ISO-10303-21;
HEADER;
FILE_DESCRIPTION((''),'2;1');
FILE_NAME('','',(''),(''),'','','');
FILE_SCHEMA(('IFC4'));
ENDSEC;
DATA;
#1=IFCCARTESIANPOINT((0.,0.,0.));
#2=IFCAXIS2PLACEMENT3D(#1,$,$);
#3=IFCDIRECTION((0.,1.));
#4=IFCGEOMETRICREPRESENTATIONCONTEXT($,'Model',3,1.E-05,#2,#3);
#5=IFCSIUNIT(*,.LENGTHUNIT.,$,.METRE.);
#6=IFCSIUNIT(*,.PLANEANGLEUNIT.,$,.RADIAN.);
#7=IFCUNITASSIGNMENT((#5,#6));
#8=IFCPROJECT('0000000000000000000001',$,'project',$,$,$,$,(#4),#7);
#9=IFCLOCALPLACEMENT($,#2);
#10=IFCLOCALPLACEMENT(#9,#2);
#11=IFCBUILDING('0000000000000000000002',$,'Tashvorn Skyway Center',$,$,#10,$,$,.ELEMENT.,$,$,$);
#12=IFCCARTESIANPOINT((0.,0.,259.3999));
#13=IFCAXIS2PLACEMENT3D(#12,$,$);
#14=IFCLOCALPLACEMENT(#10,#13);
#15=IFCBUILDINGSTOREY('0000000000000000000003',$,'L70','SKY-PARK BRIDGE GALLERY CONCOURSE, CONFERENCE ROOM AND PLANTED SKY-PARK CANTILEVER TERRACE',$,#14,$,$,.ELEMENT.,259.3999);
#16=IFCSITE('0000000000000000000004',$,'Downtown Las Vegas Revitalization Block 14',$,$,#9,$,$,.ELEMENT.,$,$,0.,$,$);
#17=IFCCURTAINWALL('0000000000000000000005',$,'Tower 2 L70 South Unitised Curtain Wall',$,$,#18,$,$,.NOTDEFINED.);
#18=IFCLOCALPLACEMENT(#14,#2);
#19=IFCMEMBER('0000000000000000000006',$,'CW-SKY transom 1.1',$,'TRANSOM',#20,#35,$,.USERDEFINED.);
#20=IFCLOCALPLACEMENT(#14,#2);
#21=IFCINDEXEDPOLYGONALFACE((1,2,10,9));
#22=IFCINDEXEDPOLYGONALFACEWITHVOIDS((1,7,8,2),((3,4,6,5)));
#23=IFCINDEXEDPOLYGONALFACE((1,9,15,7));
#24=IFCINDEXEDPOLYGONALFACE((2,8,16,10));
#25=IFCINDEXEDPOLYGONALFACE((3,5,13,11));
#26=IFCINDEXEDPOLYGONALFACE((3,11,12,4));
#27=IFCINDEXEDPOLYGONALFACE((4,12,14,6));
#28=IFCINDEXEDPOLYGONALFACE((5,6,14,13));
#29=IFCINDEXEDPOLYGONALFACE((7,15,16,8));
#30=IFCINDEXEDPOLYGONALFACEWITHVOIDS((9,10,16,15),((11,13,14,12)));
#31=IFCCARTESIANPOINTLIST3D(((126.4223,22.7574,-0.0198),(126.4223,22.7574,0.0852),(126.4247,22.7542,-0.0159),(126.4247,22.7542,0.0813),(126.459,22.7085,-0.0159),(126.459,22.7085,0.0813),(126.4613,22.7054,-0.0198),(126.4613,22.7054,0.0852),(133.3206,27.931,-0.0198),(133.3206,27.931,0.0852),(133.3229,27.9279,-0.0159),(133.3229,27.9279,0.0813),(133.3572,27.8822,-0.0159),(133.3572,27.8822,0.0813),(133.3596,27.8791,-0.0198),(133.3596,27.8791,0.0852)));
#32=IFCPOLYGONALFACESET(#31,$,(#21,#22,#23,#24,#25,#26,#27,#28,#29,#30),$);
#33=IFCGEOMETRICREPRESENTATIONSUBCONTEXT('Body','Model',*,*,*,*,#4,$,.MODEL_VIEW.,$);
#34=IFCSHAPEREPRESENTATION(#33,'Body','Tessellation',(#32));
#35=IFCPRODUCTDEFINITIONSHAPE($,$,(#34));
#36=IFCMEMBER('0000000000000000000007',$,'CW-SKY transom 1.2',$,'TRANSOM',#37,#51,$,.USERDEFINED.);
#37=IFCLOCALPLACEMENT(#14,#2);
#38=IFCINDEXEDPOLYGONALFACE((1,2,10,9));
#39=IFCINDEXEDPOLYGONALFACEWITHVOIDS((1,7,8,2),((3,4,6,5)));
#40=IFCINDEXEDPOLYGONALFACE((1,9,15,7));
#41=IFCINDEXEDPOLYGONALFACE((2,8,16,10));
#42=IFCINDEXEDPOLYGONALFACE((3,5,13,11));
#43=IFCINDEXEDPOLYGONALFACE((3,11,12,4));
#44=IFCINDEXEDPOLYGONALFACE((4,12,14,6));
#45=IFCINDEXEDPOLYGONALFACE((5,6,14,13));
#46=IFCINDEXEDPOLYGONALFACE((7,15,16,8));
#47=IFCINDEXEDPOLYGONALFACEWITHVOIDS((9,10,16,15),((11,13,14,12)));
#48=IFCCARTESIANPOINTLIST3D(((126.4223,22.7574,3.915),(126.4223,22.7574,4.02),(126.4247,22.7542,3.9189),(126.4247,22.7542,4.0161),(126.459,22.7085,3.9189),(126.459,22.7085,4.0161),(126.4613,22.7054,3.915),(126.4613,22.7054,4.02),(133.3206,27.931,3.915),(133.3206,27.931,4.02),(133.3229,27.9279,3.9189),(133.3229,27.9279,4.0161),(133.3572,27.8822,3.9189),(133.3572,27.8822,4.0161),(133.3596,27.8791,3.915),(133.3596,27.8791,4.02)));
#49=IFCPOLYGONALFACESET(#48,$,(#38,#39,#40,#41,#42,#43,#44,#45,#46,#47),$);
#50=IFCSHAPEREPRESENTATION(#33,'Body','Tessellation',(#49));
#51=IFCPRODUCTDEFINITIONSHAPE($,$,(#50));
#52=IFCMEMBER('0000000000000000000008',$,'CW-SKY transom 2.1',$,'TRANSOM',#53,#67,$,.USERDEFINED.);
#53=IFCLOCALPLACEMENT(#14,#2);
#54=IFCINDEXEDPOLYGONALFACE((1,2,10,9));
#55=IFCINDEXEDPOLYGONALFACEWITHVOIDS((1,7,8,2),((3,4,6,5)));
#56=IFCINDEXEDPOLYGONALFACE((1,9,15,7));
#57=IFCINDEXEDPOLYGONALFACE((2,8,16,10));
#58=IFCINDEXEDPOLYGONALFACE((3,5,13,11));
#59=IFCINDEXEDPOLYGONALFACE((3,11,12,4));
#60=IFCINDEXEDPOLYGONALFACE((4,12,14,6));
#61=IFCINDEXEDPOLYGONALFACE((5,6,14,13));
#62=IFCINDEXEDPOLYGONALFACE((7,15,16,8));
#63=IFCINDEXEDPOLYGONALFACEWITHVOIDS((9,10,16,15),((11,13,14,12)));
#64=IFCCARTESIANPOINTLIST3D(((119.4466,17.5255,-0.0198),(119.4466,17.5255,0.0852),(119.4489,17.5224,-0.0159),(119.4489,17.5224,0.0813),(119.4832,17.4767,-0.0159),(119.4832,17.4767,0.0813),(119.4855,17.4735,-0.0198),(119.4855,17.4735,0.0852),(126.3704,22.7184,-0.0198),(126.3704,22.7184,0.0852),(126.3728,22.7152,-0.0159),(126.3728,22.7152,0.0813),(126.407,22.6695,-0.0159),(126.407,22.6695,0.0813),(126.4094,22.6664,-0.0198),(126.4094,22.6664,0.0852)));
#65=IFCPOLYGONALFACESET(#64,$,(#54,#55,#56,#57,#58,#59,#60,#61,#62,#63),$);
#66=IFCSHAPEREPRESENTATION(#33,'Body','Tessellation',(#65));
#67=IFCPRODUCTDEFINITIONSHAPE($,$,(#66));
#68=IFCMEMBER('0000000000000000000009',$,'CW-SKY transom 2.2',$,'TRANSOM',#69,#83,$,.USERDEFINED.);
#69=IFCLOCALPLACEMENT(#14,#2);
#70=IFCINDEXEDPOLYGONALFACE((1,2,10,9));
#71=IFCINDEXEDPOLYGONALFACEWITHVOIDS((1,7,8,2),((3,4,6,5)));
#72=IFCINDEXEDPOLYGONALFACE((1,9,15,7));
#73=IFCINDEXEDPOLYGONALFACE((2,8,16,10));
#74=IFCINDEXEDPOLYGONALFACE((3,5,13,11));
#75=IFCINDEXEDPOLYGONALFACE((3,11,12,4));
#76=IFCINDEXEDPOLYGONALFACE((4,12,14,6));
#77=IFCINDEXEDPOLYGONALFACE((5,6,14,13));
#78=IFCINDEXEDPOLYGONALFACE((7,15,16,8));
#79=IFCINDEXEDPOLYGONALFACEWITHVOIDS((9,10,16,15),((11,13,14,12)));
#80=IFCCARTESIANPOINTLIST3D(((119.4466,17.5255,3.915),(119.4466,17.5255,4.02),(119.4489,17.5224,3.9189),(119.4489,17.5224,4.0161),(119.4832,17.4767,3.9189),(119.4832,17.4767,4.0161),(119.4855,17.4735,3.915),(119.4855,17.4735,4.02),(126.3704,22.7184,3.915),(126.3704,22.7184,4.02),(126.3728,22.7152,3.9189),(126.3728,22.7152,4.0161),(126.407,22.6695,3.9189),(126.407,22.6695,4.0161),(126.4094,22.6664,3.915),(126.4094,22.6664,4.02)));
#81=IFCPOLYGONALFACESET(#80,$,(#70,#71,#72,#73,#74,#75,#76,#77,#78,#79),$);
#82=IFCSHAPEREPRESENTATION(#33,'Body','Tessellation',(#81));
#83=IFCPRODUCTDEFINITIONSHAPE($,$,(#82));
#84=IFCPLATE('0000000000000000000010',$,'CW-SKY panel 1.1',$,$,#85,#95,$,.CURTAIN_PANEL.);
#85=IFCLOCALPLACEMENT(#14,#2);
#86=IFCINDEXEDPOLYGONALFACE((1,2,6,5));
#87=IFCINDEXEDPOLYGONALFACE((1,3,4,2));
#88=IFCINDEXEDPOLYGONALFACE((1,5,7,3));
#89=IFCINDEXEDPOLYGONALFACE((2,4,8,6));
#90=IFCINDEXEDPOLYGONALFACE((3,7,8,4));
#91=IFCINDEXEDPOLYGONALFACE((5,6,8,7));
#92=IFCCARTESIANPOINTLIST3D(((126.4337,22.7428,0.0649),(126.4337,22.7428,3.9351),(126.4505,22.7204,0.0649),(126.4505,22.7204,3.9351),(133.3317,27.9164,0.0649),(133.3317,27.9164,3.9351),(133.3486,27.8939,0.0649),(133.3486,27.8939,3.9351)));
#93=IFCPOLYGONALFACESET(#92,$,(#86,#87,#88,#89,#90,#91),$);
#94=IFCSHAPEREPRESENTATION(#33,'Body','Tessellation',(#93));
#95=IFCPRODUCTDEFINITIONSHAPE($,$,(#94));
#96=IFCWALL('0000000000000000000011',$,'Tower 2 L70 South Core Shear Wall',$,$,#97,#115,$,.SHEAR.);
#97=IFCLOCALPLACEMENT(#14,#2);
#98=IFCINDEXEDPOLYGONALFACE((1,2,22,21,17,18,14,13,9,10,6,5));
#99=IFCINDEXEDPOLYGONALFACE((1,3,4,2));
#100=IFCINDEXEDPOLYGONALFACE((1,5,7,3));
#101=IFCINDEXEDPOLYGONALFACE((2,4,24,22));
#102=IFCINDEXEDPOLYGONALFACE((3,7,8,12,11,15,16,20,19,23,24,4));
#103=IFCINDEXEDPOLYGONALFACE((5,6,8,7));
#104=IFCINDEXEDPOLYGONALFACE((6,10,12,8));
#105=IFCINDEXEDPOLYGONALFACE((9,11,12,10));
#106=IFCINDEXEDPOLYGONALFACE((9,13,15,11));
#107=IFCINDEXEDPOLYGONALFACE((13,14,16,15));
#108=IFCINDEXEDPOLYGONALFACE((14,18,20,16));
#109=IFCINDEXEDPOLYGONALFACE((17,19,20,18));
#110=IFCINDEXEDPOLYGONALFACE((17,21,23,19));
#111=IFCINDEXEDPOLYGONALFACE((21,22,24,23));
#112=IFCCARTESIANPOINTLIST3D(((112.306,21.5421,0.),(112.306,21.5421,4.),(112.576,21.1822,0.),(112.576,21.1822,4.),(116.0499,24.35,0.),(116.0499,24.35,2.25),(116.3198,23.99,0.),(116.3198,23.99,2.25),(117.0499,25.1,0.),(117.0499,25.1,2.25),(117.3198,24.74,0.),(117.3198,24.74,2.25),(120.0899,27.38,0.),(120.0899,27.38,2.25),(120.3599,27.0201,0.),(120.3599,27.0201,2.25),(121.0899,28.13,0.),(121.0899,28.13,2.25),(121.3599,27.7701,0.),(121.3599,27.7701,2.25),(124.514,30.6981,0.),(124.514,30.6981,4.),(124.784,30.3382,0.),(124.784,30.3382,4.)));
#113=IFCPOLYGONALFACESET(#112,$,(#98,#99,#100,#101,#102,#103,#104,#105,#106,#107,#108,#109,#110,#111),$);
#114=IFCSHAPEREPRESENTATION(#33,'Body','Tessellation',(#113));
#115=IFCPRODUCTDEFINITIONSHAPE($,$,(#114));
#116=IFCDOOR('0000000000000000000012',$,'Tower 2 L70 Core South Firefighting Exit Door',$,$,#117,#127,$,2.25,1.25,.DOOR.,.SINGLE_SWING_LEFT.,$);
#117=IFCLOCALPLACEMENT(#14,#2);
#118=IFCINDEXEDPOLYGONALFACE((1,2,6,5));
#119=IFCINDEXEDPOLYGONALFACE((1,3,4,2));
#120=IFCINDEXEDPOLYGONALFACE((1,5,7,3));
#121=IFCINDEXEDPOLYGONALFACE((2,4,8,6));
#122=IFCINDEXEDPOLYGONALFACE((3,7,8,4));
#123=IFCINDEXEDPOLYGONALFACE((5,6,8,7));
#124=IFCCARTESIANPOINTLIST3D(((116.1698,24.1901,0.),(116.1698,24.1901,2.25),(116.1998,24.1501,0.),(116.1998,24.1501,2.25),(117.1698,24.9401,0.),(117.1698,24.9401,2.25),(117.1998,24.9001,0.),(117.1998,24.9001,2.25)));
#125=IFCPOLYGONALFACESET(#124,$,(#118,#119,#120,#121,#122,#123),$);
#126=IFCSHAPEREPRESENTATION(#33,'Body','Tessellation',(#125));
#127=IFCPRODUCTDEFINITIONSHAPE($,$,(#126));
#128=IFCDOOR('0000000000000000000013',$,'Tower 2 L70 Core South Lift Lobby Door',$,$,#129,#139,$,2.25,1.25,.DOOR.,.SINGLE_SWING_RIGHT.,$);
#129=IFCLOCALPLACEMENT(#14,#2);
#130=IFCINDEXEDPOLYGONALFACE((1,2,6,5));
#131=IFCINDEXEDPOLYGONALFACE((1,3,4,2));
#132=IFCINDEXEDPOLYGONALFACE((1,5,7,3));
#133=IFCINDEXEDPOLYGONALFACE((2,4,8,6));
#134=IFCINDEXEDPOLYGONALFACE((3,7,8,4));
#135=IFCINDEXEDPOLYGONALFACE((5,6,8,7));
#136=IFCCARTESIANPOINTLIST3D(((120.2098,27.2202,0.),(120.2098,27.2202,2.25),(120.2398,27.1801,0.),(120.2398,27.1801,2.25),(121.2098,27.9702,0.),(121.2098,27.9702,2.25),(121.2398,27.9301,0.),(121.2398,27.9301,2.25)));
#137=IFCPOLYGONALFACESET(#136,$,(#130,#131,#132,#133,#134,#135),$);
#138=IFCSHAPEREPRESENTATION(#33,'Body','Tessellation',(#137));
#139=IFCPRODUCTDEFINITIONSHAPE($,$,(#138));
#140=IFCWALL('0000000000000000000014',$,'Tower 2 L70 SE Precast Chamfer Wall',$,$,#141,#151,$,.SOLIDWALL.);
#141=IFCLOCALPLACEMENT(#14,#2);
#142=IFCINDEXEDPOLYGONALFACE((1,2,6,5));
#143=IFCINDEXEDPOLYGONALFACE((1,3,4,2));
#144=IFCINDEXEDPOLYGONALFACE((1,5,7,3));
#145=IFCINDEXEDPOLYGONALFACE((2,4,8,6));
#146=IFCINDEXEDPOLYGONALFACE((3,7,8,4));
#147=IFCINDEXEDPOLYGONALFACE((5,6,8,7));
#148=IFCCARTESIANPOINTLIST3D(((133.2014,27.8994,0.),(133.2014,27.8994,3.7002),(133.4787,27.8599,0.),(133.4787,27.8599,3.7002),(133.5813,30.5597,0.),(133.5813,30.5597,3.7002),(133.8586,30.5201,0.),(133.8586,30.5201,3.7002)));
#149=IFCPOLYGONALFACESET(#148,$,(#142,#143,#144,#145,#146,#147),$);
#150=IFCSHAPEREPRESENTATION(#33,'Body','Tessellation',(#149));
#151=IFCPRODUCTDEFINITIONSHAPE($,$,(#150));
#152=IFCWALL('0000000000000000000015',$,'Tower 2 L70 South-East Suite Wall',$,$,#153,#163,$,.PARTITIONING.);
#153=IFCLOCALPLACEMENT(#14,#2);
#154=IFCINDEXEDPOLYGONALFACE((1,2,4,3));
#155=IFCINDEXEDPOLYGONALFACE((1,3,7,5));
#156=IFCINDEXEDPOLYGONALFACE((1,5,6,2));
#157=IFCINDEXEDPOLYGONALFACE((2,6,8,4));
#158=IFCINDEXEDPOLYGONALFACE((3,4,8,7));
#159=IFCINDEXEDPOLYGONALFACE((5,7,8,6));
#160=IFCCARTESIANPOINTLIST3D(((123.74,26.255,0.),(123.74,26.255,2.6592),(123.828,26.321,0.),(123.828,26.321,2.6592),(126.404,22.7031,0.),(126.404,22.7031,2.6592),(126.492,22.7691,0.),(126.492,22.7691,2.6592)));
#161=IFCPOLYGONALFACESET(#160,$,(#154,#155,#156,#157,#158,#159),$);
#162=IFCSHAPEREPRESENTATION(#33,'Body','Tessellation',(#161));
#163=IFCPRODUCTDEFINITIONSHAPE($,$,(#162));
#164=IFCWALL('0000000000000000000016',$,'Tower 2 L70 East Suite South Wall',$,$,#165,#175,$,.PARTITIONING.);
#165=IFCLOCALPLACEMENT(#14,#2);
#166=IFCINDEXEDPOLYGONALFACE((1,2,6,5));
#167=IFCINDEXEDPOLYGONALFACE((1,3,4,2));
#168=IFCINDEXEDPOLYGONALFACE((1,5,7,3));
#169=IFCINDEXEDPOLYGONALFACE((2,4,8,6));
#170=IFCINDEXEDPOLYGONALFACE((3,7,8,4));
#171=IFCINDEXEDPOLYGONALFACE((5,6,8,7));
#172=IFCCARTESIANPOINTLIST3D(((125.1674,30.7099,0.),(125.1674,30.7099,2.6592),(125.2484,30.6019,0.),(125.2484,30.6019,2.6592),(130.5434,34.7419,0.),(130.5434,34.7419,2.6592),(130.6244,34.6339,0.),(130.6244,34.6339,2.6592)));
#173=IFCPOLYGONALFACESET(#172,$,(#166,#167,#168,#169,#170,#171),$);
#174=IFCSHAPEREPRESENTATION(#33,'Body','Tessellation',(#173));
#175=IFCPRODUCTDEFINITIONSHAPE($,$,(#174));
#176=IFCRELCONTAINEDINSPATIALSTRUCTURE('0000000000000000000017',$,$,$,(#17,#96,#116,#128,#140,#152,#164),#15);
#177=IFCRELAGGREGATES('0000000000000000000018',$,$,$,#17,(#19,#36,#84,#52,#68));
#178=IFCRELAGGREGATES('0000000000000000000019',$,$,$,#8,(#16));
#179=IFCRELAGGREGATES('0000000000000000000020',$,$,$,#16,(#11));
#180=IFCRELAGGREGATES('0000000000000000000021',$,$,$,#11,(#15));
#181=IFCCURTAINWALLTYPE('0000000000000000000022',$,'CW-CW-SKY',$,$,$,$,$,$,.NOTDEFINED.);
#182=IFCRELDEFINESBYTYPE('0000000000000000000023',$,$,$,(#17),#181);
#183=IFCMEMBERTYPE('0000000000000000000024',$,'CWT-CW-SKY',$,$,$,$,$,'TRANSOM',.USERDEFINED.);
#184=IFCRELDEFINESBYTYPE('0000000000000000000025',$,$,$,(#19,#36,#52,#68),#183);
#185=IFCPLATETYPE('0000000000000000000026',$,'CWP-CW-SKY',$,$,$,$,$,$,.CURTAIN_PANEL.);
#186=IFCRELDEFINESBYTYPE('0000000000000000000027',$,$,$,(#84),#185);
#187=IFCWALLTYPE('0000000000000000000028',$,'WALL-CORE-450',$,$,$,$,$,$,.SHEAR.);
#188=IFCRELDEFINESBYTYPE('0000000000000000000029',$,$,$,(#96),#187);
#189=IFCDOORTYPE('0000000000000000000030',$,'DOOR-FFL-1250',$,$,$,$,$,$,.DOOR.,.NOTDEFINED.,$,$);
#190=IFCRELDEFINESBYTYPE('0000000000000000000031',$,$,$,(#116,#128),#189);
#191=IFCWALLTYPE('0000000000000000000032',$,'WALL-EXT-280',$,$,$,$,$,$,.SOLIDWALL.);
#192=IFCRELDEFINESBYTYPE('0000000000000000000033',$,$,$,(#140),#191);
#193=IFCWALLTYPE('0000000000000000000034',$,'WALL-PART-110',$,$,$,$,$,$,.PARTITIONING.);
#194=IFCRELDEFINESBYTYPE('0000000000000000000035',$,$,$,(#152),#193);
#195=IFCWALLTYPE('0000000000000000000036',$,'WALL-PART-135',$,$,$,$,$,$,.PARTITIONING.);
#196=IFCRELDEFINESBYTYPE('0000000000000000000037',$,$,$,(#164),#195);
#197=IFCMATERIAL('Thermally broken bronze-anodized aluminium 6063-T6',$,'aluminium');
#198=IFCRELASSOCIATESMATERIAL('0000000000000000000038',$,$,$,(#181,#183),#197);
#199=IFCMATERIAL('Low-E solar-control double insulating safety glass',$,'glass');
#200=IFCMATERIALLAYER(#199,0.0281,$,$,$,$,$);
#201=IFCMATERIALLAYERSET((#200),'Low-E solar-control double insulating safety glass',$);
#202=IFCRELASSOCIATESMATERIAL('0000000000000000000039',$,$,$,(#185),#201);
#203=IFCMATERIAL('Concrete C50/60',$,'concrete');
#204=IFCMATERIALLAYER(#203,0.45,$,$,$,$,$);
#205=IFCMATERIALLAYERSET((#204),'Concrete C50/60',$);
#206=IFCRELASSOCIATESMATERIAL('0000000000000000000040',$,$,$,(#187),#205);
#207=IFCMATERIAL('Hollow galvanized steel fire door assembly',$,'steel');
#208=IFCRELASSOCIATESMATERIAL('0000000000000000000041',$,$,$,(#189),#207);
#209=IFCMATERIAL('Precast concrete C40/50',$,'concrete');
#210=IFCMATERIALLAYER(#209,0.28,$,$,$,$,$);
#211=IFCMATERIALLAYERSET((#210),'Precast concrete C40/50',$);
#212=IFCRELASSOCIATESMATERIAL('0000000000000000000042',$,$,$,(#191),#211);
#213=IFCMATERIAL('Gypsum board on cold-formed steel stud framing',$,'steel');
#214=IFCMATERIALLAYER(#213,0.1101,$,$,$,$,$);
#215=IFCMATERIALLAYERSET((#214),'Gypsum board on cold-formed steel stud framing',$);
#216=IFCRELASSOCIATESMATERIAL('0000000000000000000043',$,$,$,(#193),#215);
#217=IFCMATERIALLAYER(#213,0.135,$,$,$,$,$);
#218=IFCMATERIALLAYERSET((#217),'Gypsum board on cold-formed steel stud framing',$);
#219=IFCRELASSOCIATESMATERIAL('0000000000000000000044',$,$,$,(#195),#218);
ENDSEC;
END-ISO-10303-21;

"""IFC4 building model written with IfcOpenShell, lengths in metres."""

from ifc_helpers import new_model, si_unit, direction, frame, frame_2d, origin, origin_2d, place, context, subcontext, project, spatial, rectangle, hollow_rectangle, extrude, material, layer, layer_set, material_profile, profile_set, type_object, element, fill, aggregate, save


model = new_model("IFC4")

# Units and contexts
model_context = context("Model", 3, precision=1e-05, world=origin(), true_north=direction((0.0, 1.0)))
body_context = subcontext(model_context, "Body", "Model", "MODEL_VIEW")
ifc_project = project(units=[si_unit("LENGTHUNIT", "METRE"), si_unit("PLANEANGLEUNIT", "RADIAN")], contexts=[model_context])

# Site, building, storey
site_placement = place(None, origin())
site = spatial("IfcSite", under=ifc_project, at=site_placement, Name="Downtown Las Vegas Revitalization Block 14", CompositionType="ELEMENT", RefElevation=0.0)
building_placement = place(site_placement, origin())
building = spatial("IfcBuilding", under=site, at=building_placement, Name="Tashvorn Skyway Center", CompositionType="ELEMENT")
storey_placement = place(building_placement, frame((0.0, 0.0, 259.3999)))
storey = spatial("IfcBuildingStorey", under=building, at=storey_placement, Name="L70", Description="SKY-PARK BRIDGE GALLERY CONCOURSE, CONFERENCE ROOM AND PLANTED SKY-PARK CANTILEVER TERRACE", CompositionType="ELEMENT", Elevation=259.3999)

# Curtain wall
ifc_material_1 = material(Name="Thermally broken bronze-anodized aluminium 6063-T6", Category="aluminium")
curtain_wall_type = type_object("IfcCurtainWallType", Name="CW-CW-SKY", PredefinedType="NOTDEFINED", material=ifc_material_1)
curtain_wall_1_placement = place(storey_placement, origin())
curtain_wall_1 = element("IfcCurtainWall", 1, at=curtain_wall_1_placement, inside=storey, type_object=curtain_wall_type, Name="Tower 2 L70 South Unitised Curtain Wall", PredefinedType="NOTDEFINED")

# Members
ifc_material_profile_1 = material_profile(ifc_material_1, hollow_rectangle(XDim=0.0649, YDim=0.105, WallThickness=0.0039, at=origin_2d()), Name="ALU-TRAN-65x105")
ifc_profile_set_1 = profile_set([ifc_material_profile_1], Name="Thermally broken bronze-anodized aluminium 6063-T6")
member_type_1 = type_object("IfcMemberType", Name="CWT-CW-SKY", ElementType="TRANSOM", PredefinedType="USERDEFINED", material=ifc_profile_set_1)
member_1_placement = place(storey_placement, frame((133.3401, 27.905, 0.0327), z_axis=(-0.800003, -0.599995, 0.0), x_axis=(0.599995, -0.800003, 0.0)))
member_1 = element("IfcMember", 2, at=member_1_placement, type_object=member_type_1, Name="CW-SKY transom 1.1", ObjectType="TRANSOM", PredefinedType="USERDEFINED", context=body_context, shape_type="SweptSolid", body=[
    extrude(hollow_rectangle(XDim=0.0649, YDim=0.105, WallThickness=0.0039, at=origin_2d()), origin(), (0.0, 0.0, 1.0), 8.6228),
])
member_2_placement = place(storey_placement, frame((133.3401, 27.905, 3.9675), z_axis=(-0.800003, -0.599995, 0.0), x_axis=(0.599995, -0.800003, 0.0)))
member_2 = element("IfcMember", 3, at=member_2_placement, type_object=member_type_1, Name="CW-SKY transom 1.2", ObjectType="TRANSOM", PredefinedType="USERDEFINED", context=body_context, shape_type="SweptSolid", body=[
    extrude(hollow_rectangle(XDim=0.0649, YDim=0.105, WallThickness=0.0039, at=origin_2d()), origin(), (0.0, 0.0, 1.0), 8.6228),
])
member_3_placement = place(storey_placement, frame((126.3899, 22.6924, 0.0327), z_axis=(-0.8, -0.6, 0.0), x_axis=(0.6, -0.8, 0.0)))
member_3 = element("IfcMember", 4, at=member_3_placement, type_object=member_type_1, Name="CW-SKY transom 2.1", ObjectType="TRANSOM", PredefinedType="USERDEFINED", context=body_context, shape_type="SweptSolid", body=[
    extrude(hollow_rectangle(XDim=0.0649, YDim=0.105, WallThickness=0.0039, at=origin_2d()), origin(), (0.0, 0.0, 1.0), 8.6548),
])
member_4_placement = place(storey_placement, frame((126.3899, 22.6924, 3.9675), z_axis=(-0.8, -0.6, 0.0), x_axis=(0.6, -0.8, 0.0)))
member_4 = element("IfcMember", 5, at=member_4_placement, type_object=member_type_1, Name="CW-SKY transom 2.2", ObjectType="TRANSOM", PredefinedType="USERDEFINED", context=body_context, shape_type="SweptSolid", body=[
    extrude(hollow_rectangle(XDim=0.0649, YDim=0.105, WallThickness=0.0039, at=origin_2d()), origin(), (0.0, 0.0, 1.0), 8.6548),
])

# Plate
ifc_material_2 = material(Name="Low-E solar-control double insulating safety glass", Category="glass")
ifc_layer_1 = layer(ifc_material_2, 0.0281)
ifc_layer_set_1 = layer_set([ifc_layer_1], Name="Low-E solar-control double insulating safety glass")
plate_type = type_object("IfcPlateType", Name="CWP-CW-SKY", PredefinedType="CURTAIN_PANEL", material=ifc_layer_set_1)
plate_placement = place(storey_placement, frame((129.8911, 25.3184, 0.0649), z_axis=(0.0, 0.0, 1.0), x_axis=(-0.8, -0.6, 0.0)))
plate = element("IfcPlate", 6, at=plate_placement, type_object=plate_type, Name="CW-SKY panel 1.1", PredefinedType="CURTAIN_PANEL", context=body_context, shape_type="SweptSolid", body=[
    extrude(rectangle(XDim=8.6226, YDim=0.0281, at=origin_2d()), origin(), (0.0, 0.0, 1.0), 3.8701),
])
aggregate(curtain_wall_1, [member_1, member_2, plate, member_3, member_4])

# Wall, openings, doors
ifc_material_3 = material(Name="Concrete C50/60", Category="concrete")
ifc_layer_2 = layer(ifc_material_3, 0.45)
ifc_layer_set_2 = layer_set([ifc_layer_2], Name="Concrete C50/60")
wall_type_1 = type_object("IfcWallType", Name="WALL-CORE-450", PredefinedType="SHEAR", material=ifc_layer_set_2)
wall_1_placement = place(storey_placement, frame((124.6489, 30.5181, 0.0), z_axis=(0.0, 0.0, 1.0), x_axis=(-0.8, -0.6, 0.0)))
wall_1 = element("IfcWall", 7, at=wall_1_placement, inside=storey, type_object=wall_type_1, Name="Tower 2 L70 South Core Shear Wall", PredefinedType="SHEAR", context=body_context, shape_type="SweptSolid", body=[
    extrude(rectangle(XDim=15.26, YDim=0.45, at=frame_2d((7.6299, 0.0))), origin(), (0.0, 0.0, 1.0), 4.0),
])
opening_1_placement = place(wall_1_placement, frame((9.3301, 0.0, 0.0)))
opening_1 = element("IfcOpeningElement", 8, at=opening_1_placement, cuts=wall_1, PredefinedType="OPENING", context=body_context, shape_type="SweptSolid", body=[
    extrude(rectangle(XDim=1.25, YDim=2.25, at=frame_2d((0.625, 1.125))), frame((0.0, 0.2349, 0.0), z_axis=(0.0, -1.0, 0.0), x_axis=(1.0, 0.0, 0.0)), (0.0, 0.0, 1.0), 0.47),
])
opening_2_placement = place(wall_1_placement, frame((4.28, 0.0, 0.0)))
opening_2 = element("IfcOpeningElement", 9, at=opening_2_placement, cuts=wall_1, PredefinedType="OPENING", context=body_context, shape_type="SweptSolid", body=[
    extrude(rectangle(XDim=1.25, YDim=2.25, at=frame_2d((0.625, 1.125))), frame((0.0, 0.2349, 0.0), z_axis=(0.0, -1.0, 0.0), x_axis=(1.0, 0.0, 0.0)), (0.0, 0.0, 1.0), 0.47),
])
ifc_material_4 = material(Name="Hollow galvanized steel fire door assembly", Category="steel")
door_type = type_object("IfcDoorType", Name="DOOR-FFL-1250", OperationType="NOTDEFINED", PredefinedType="DOOR", material=ifc_material_4)
door_1_placement = place(opening_1_placement, origin())
door_1 = element("IfcDoor", 10, at=door_1_placement, inside=storey, type_object=door_type, Name="Tower 2 L70 Core South Firefighting Exit Door", OperationType="SINGLE_SWING_LEFT", OverallHeight=2.25, OverallWidth=1.25, PredefinedType="DOOR", context=body_context, shape_type="SweptSolid", body=[
    extrude(rectangle(XDim=1.25, YDim=2.25, at=frame_2d((0.625, 1.125))), frame((0.0, 0.0249, 0.0), z_axis=(0.0, -1.0, 0.0), x_axis=(1.0, 0.0, 0.0)), (0.0, 0.0, 1.0), 0.05),
])
fill(opening_1, door_1)
door_2_placement = place(opening_2_placement, origin())
door_2 = element("IfcDoor", 11, at=door_2_placement, inside=storey, type_object=door_type, Name="Tower 2 L70 Core South Lift Lobby Door", OperationType="SINGLE_SWING_RIGHT", OverallHeight=2.25, OverallWidth=1.25, PredefinedType="DOOR", context=body_context, shape_type="SweptSolid", body=[
    extrude(rectangle(XDim=1.25, YDim=2.25, at=frame_2d((0.625, 1.125))), frame((0.0, 0.0249, 0.0), z_axis=(0.0, -1.0, 0.0), x_axis=(1.0, 0.0, 0.0)), (0.0, 0.0, 1.0), 0.05),
])
fill(opening_2, door_2)

# Walls
ifc_material_5 = material(Name="Precast concrete C40/50", Category="concrete")
ifc_layer_3 = layer(ifc_material_5, 0.28)
ifc_layer_set_3 = layer_set([ifc_layer_3], Name="Precast concrete C40/50")
wall_type_2 = type_object("IfcWallType", Name="WALL-EXT-280", PredefinedType="SOLIDWALL", material=ifc_layer_set_3)
wall_2_placement = place(storey_placement, frame((133.72, 30.54, 0.0), z_axis=(0.0, 0.0, 1.0), x_axis=(-0.14137, -0.989957, 0.0)))
element("IfcWall", 12, at=wall_2_placement, inside=storey, type_object=wall_type_2, Name="Tower 2 L70 SE Precast Chamfer Wall", PredefinedType="SOLIDWALL", context=body_context, shape_type="SweptSolid", body=[
    extrude(rectangle(XDim=2.6873, YDim=0.28, at=frame_2d((1.3438, 0.0))), origin(), (0.0, 0.0, 1.0), 3.7002),
])
ifc_material_6 = material(Name="Gypsum board on cold-formed steel stud framing", Category="steel")
ifc_layer_4 = layer(ifc_material_6, 0.1101)
ifc_layer_set_4 = layer_set([ifc_layer_4], Name="Gypsum board on cold-formed steel stud framing")
wall_type_3 = type_object("IfcWallType", Name="WALL-PART-110", PredefinedType="PARTITIONING", material=ifc_layer_set_4)
wall_3_placement = place(storey_placement, frame((126.448, 22.7361, 0.0), z_axis=(0.0, 0.0, 1.0), x_axis=(-0.600009, 0.799993, 0.0)))
element("IfcWall", 13, at=wall_3_placement, inside=storey, type_object=wall_type_3, Name="Tower 2 L70 South-East Suite Wall", PredefinedType="PARTITIONING", context=body_context, shape_type="SweptSolid", body=[
    extrude(rectangle(XDim=4.4399, YDim=0.1101, at=frame_2d((2.22, 0.0))), origin(), (0.0, 0.0, 1.0), 2.6592),
])
ifc_layer_5 = layer(ifc_material_6, 0.135)
ifc_layer_set_5 = layer_set([ifc_layer_5], Name="Gypsum board on cold-formed steel stud framing")
wall_type_4 = type_object("IfcWallType", Name="WALL-PART-135", PredefinedType="PARTITIONING", material=ifc_layer_set_5)
wall_4_placement = place(storey_placement, frame((125.208, 30.656, 0.0), z_axis=(0.0, 0.0, 1.0), x_axis=(0.8, 0.6, 0.0)))
element("IfcWall", 14, at=wall_4_placement, inside=storey, type_object=wall_type_4, Name="Tower 2 L70 East Suite South Wall", PredefinedType="PARTITIONING", context=body_context, shape_type="SweptSolid", body=[
    extrude(rectangle(XDim=6.72, YDim=0.135, at=frame_2d((3.3599, 0.0))), origin(), (0.0, 0.0, 1.0), 2.6592),
])

save(model, "model.ifc")
